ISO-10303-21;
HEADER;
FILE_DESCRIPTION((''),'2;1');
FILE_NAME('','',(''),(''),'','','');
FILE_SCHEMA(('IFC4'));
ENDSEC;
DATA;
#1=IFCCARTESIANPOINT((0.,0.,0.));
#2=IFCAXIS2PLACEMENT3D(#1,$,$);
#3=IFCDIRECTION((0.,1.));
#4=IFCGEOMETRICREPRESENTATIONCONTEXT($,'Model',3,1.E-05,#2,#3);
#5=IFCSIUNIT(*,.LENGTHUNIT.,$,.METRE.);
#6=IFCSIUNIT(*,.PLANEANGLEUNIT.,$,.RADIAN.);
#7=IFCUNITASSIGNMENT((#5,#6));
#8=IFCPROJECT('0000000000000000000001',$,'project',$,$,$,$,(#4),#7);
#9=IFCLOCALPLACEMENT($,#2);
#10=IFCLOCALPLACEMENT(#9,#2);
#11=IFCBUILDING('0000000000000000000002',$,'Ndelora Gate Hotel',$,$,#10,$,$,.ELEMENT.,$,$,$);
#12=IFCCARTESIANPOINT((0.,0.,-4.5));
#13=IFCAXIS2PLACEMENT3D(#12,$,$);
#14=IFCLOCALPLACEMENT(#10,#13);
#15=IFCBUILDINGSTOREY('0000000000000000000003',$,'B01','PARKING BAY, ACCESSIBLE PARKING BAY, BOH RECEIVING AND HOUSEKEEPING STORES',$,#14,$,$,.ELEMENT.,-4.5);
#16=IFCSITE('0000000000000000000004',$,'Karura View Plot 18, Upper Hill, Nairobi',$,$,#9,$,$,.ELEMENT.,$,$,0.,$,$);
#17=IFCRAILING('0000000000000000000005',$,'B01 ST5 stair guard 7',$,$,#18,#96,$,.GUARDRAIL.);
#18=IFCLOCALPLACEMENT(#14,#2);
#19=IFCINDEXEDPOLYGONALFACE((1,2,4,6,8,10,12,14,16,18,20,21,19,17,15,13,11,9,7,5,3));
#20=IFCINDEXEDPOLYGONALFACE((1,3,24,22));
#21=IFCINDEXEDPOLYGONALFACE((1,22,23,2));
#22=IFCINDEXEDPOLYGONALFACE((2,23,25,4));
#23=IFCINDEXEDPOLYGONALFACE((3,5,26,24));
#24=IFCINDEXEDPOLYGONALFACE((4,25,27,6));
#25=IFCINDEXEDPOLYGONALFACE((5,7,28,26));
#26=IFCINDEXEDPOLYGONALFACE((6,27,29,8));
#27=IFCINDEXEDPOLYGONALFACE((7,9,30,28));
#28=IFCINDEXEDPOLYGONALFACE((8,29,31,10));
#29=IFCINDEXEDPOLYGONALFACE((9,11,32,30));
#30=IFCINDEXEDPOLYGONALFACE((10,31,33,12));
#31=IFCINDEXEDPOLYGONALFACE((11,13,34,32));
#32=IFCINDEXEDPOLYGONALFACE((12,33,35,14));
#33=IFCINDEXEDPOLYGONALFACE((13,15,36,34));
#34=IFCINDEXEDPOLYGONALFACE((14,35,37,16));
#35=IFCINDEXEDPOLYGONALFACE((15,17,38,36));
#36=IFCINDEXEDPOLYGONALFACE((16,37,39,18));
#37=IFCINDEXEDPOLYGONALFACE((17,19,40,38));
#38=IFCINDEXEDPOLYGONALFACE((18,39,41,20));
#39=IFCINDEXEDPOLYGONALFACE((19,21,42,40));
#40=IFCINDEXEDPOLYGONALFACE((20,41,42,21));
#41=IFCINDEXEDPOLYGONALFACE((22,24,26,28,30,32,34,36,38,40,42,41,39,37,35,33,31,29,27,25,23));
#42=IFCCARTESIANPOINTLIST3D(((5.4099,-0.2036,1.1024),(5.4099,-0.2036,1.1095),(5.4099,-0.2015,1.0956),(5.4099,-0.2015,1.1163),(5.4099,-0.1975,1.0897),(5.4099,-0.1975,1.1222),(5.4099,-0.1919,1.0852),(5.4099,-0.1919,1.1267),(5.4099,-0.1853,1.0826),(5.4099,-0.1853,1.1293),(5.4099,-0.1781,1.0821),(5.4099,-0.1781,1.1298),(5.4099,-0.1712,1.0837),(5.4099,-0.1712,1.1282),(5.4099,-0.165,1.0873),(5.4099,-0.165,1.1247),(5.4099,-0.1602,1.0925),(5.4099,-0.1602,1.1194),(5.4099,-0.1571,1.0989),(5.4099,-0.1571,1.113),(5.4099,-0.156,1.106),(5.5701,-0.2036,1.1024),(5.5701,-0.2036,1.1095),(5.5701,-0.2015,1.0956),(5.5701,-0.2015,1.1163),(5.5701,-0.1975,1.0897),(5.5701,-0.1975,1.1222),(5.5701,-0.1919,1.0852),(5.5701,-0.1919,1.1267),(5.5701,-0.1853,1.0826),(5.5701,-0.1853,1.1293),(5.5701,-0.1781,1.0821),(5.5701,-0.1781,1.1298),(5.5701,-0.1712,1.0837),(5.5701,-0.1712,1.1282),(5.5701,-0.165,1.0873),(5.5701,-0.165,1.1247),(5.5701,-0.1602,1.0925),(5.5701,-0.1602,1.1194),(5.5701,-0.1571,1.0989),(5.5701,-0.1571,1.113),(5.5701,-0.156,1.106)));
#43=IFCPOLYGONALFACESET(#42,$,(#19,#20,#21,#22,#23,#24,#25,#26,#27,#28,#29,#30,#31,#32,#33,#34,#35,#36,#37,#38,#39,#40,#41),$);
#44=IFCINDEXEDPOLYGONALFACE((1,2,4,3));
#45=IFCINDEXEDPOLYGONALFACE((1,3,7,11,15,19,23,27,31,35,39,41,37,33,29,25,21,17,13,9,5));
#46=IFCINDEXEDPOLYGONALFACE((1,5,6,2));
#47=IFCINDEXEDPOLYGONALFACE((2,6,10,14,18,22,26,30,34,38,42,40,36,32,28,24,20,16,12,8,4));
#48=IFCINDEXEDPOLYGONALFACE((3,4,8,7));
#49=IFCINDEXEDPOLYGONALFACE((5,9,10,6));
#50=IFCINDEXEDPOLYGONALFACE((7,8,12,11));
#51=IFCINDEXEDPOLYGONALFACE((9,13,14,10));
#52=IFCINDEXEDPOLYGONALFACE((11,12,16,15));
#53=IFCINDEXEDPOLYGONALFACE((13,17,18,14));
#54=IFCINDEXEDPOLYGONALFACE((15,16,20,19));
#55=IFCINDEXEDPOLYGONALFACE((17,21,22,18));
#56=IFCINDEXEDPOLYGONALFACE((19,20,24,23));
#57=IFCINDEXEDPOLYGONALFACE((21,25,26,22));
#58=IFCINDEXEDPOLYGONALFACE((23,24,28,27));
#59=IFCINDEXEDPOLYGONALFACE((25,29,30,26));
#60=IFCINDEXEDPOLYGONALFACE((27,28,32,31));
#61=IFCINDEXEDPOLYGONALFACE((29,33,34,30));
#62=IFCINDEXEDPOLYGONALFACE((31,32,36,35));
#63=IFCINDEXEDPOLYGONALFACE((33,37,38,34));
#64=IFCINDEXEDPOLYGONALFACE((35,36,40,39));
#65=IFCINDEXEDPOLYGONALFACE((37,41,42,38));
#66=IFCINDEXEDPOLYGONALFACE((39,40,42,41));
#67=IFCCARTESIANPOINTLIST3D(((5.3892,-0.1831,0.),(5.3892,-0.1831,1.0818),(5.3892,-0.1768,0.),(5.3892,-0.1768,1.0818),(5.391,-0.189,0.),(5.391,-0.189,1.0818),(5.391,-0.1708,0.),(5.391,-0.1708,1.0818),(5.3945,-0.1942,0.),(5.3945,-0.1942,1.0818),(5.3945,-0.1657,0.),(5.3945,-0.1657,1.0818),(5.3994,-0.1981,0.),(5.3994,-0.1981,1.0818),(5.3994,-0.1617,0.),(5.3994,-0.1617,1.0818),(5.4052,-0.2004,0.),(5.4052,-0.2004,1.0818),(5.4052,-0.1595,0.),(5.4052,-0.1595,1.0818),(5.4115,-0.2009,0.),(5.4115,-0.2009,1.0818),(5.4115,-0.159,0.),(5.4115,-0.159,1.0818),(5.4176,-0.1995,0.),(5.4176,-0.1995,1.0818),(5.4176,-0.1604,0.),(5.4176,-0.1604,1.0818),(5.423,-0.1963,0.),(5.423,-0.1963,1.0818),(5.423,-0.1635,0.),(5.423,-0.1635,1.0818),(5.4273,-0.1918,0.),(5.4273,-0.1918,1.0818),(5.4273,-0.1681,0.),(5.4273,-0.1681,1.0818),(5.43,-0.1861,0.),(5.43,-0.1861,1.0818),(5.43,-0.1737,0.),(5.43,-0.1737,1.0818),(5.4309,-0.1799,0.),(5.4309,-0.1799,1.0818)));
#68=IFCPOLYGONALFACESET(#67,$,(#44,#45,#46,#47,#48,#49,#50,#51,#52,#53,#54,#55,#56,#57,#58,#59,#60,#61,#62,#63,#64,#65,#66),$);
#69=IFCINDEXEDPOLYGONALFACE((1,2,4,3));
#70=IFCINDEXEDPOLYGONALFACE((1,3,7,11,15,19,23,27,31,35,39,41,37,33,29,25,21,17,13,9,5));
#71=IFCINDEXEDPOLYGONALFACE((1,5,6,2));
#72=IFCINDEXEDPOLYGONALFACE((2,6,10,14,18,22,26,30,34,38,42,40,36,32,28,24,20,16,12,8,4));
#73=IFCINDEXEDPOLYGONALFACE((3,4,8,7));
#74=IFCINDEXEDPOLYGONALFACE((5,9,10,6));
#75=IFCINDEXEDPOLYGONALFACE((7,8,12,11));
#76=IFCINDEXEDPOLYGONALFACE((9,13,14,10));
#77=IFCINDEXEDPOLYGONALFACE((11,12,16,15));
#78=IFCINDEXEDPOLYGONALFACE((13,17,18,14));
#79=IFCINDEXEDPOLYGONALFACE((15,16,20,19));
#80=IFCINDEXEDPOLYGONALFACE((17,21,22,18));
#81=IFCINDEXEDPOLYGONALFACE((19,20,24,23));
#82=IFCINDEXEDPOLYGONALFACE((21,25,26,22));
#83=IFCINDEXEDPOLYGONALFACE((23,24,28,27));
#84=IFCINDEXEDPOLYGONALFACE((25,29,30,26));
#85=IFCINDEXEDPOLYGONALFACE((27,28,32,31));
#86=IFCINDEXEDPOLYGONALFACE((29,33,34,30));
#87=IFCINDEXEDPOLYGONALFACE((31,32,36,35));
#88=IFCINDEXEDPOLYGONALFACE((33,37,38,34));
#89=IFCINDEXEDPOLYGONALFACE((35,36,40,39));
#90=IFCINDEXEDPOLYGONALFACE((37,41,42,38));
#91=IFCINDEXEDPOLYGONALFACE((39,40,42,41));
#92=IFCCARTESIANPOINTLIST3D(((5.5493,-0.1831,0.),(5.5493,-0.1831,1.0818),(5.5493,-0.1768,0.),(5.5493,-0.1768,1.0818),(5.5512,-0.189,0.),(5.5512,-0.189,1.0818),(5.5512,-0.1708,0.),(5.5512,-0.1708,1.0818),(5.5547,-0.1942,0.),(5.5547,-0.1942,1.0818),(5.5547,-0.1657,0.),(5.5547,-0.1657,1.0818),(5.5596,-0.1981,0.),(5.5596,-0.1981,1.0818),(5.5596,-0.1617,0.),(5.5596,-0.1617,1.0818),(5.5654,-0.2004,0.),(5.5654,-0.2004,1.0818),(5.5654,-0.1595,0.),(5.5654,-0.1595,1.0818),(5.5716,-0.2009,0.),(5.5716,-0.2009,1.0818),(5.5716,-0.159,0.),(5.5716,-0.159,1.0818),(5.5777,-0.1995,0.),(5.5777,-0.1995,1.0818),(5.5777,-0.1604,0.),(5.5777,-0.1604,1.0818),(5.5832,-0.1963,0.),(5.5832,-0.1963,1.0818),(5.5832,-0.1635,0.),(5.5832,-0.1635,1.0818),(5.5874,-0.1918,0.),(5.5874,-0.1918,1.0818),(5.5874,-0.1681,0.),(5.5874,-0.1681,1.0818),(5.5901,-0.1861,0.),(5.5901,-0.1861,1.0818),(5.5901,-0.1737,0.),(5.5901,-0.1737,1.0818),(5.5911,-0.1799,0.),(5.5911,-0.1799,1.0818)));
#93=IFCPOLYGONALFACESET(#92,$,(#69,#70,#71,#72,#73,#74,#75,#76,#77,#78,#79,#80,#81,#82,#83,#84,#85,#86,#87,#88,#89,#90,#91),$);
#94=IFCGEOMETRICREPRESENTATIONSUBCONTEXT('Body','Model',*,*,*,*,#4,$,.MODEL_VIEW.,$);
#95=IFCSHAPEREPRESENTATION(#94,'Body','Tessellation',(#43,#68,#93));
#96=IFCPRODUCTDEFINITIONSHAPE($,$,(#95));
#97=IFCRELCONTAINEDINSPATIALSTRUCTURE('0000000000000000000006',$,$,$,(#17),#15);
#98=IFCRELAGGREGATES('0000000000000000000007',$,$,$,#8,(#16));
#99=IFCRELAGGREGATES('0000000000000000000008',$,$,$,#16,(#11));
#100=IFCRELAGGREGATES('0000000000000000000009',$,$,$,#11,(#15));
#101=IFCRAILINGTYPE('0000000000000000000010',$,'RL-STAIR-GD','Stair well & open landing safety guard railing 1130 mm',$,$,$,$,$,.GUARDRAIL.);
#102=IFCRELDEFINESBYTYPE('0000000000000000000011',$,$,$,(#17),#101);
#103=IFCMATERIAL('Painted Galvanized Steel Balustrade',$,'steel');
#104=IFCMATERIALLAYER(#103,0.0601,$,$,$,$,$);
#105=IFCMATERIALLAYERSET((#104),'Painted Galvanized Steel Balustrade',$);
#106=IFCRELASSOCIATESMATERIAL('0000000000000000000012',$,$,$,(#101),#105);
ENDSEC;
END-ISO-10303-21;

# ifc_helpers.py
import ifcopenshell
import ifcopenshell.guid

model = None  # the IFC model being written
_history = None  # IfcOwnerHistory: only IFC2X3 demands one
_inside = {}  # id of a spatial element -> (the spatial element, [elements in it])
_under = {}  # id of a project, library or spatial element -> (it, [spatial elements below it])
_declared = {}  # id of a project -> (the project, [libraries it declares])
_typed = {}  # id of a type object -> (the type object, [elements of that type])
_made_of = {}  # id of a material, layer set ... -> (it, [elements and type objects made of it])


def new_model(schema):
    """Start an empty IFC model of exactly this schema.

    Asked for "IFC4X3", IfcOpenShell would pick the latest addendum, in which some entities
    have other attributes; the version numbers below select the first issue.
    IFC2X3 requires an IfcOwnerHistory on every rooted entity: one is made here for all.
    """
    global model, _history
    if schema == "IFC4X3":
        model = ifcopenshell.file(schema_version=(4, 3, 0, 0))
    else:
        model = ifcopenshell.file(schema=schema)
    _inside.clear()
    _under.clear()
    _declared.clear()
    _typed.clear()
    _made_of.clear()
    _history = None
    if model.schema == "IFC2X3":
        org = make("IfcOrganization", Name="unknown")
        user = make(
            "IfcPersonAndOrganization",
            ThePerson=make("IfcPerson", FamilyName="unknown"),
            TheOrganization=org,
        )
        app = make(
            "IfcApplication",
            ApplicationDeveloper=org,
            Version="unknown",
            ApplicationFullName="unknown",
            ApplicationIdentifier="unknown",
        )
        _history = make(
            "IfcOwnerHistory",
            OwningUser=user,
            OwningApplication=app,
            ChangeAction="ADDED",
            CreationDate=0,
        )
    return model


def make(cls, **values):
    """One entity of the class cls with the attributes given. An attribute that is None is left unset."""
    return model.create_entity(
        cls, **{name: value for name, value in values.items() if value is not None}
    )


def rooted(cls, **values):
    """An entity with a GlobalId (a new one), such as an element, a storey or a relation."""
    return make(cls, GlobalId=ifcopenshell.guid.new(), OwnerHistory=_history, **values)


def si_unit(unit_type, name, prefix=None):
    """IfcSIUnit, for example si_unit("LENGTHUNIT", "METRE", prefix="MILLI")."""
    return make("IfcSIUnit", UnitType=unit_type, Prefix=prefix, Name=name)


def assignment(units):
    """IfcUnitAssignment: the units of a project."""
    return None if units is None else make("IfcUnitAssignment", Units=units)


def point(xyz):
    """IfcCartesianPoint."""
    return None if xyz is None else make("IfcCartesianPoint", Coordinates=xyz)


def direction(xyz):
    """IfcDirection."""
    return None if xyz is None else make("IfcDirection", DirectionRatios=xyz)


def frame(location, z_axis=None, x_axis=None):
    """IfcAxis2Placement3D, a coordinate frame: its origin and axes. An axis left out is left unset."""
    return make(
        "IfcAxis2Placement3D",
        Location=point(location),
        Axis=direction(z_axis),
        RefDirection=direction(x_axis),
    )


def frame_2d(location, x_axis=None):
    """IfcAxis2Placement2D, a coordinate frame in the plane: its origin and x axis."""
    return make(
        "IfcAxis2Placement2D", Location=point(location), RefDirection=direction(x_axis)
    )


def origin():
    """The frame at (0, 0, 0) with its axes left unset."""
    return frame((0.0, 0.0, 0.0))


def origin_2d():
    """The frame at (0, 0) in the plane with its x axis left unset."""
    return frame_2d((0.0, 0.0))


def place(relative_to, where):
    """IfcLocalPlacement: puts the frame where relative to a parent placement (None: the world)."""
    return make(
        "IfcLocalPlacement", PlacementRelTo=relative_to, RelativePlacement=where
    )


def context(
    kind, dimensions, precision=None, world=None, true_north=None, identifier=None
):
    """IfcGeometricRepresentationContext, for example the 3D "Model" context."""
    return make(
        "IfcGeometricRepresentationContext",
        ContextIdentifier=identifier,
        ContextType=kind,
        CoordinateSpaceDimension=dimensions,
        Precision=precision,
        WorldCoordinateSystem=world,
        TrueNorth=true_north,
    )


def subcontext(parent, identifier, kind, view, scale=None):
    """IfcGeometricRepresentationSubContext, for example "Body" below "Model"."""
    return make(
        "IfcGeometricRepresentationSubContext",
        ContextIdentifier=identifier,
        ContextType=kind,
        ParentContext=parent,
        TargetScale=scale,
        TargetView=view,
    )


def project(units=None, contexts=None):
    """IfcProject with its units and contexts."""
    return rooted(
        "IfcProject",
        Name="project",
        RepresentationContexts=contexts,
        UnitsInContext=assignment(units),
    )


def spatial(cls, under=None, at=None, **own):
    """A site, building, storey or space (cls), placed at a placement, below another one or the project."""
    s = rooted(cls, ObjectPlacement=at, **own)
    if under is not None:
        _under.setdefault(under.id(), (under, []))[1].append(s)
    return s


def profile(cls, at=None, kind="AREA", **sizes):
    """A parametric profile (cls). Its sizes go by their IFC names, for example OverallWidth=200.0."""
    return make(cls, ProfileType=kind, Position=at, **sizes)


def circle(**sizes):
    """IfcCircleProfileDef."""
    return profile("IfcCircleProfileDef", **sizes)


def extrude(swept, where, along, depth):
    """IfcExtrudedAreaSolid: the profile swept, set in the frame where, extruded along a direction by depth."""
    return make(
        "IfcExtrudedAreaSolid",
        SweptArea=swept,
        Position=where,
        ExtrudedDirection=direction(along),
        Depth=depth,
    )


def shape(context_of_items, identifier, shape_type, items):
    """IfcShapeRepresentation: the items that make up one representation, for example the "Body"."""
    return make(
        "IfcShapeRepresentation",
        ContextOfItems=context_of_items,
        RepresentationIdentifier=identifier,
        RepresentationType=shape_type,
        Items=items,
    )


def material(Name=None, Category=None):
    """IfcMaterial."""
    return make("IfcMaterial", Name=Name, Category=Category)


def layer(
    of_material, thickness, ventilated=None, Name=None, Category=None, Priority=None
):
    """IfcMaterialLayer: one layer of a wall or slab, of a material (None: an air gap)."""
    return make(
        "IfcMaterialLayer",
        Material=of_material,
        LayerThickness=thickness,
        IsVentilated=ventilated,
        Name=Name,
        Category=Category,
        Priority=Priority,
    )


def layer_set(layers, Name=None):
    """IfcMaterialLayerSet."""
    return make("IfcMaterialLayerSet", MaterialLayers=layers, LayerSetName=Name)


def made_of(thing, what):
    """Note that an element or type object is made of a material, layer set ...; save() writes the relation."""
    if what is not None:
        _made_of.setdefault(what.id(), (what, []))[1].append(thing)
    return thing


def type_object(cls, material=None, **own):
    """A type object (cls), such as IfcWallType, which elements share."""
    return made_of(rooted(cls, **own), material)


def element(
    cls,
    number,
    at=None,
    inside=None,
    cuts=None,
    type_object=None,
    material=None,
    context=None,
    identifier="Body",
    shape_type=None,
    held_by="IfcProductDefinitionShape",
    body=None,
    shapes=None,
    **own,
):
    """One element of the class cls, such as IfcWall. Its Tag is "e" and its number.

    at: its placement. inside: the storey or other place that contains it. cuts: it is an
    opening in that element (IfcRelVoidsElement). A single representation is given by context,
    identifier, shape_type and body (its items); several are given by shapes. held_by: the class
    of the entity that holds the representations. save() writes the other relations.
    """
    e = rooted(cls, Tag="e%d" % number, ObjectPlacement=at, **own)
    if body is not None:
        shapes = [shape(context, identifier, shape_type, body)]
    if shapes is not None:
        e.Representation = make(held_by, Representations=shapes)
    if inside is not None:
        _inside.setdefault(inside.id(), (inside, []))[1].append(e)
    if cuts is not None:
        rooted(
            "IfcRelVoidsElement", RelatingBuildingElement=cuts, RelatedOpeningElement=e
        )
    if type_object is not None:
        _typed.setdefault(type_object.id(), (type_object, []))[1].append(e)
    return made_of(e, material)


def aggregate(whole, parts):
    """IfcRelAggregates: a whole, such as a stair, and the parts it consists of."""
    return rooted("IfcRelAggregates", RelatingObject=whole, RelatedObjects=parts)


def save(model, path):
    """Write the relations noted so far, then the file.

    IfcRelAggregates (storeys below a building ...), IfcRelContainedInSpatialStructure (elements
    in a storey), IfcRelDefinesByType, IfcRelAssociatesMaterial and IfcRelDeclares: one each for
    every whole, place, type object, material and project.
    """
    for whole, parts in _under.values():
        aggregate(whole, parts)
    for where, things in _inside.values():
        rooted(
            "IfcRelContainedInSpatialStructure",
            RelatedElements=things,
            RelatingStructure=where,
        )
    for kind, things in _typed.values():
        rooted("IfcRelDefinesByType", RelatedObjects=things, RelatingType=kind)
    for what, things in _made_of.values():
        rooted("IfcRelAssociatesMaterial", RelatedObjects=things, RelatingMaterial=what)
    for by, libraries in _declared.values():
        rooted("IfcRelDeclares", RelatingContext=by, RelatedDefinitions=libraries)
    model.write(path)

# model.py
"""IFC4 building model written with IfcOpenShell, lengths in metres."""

from ifc_helpers import new_model, si_unit, direction, frame, origin, origin_2d, place, context, subcontext, project, spatial, circle, extrude, material, layer, layer_set, type_object, element, save


model = new_model("IFC4")

# Units and contexts
model_context = context("Model", 3, precision=1e-05, world=origin(), true_north=direction((0.0, 1.0)))
body_context = subcontext(model_context, "Body", "Model", "MODEL_VIEW")
ifc_project = project(units=[si_unit("LENGTHUNIT", "METRE"), si_unit("PLANEANGLEUNIT", "RADIAN")], contexts=[model_context])

# Site, building, storey
site_placement = place(None, origin())
site = spatial("IfcSite", under=ifc_project, at=site_placement, Name="Karura View Plot 18, Upper Hill, Nairobi", CompositionType="ELEMENT", RefElevation=0.0)
building_placement = place(site_placement, origin())
building = spatial("IfcBuilding", under=site, at=building_placement, Name="Ndelora Gate Hotel", CompositionType="ELEMENT")
storey_placement = place(building_placement, frame((0.0, 0.0, -4.5)))
storey = spatial("IfcBuildingStorey", under=building, at=storey_placement, Name="B01", Description="PARKING BAY, ACCESSIBLE PARKING BAY, BOH RECEIVING AND HOUSEKEEPING STORES", CompositionType="ELEMENT", Elevation=-4.5)

# Railing
ifc_material_1 = material(Name="Painted Galvanized Steel Balustrade", Category="steel")
ifc_layer_1 = layer(ifc_material_1, 0.0601)
ifc_layer_set_1 = layer_set([ifc_layer_1], Name="Painted Galvanized Steel Balustrade")
railing_type_1 = type_object("IfcRailingType", Name="RL-STAIR-GD", Description="Stair well & open landing safety guard railing 1130 mm", PredefinedType="GUARDRAIL", material=ifc_layer_set_1)
railing_1_placement = place(storey_placement, frame((5.4099, -0.1799, 0.0)))
element("IfcRailing", 1, at=railing_1_placement, inside=storey, type_object=railing_type_1, Name="B01 ST5 stair guard 7", PredefinedType="GUARDRAIL", context=body_context, shape_type="SweptSolid", body=[
    extrude(circle(Radius=0.0239, at=origin_2d()), frame((0.0, 0.0, 1.106), z_axis=(1.0, 0.0, 0.0), x_axis=(0.0, 1.0, 0.0)), (0.0, 0.0, 1.0), 0.1602),
    extrude(circle(Radius=0.021, at=origin_2d()), origin(), (0.0, 0.0, 1.0), 1.0818),
    extrude(circle(Radius=0.021, at=origin_2d()), frame((0.1602, 0.0, 0.0)), (0.0, 0.0, 1.0), 1.0818),
])

save(model, "model.ifc")
